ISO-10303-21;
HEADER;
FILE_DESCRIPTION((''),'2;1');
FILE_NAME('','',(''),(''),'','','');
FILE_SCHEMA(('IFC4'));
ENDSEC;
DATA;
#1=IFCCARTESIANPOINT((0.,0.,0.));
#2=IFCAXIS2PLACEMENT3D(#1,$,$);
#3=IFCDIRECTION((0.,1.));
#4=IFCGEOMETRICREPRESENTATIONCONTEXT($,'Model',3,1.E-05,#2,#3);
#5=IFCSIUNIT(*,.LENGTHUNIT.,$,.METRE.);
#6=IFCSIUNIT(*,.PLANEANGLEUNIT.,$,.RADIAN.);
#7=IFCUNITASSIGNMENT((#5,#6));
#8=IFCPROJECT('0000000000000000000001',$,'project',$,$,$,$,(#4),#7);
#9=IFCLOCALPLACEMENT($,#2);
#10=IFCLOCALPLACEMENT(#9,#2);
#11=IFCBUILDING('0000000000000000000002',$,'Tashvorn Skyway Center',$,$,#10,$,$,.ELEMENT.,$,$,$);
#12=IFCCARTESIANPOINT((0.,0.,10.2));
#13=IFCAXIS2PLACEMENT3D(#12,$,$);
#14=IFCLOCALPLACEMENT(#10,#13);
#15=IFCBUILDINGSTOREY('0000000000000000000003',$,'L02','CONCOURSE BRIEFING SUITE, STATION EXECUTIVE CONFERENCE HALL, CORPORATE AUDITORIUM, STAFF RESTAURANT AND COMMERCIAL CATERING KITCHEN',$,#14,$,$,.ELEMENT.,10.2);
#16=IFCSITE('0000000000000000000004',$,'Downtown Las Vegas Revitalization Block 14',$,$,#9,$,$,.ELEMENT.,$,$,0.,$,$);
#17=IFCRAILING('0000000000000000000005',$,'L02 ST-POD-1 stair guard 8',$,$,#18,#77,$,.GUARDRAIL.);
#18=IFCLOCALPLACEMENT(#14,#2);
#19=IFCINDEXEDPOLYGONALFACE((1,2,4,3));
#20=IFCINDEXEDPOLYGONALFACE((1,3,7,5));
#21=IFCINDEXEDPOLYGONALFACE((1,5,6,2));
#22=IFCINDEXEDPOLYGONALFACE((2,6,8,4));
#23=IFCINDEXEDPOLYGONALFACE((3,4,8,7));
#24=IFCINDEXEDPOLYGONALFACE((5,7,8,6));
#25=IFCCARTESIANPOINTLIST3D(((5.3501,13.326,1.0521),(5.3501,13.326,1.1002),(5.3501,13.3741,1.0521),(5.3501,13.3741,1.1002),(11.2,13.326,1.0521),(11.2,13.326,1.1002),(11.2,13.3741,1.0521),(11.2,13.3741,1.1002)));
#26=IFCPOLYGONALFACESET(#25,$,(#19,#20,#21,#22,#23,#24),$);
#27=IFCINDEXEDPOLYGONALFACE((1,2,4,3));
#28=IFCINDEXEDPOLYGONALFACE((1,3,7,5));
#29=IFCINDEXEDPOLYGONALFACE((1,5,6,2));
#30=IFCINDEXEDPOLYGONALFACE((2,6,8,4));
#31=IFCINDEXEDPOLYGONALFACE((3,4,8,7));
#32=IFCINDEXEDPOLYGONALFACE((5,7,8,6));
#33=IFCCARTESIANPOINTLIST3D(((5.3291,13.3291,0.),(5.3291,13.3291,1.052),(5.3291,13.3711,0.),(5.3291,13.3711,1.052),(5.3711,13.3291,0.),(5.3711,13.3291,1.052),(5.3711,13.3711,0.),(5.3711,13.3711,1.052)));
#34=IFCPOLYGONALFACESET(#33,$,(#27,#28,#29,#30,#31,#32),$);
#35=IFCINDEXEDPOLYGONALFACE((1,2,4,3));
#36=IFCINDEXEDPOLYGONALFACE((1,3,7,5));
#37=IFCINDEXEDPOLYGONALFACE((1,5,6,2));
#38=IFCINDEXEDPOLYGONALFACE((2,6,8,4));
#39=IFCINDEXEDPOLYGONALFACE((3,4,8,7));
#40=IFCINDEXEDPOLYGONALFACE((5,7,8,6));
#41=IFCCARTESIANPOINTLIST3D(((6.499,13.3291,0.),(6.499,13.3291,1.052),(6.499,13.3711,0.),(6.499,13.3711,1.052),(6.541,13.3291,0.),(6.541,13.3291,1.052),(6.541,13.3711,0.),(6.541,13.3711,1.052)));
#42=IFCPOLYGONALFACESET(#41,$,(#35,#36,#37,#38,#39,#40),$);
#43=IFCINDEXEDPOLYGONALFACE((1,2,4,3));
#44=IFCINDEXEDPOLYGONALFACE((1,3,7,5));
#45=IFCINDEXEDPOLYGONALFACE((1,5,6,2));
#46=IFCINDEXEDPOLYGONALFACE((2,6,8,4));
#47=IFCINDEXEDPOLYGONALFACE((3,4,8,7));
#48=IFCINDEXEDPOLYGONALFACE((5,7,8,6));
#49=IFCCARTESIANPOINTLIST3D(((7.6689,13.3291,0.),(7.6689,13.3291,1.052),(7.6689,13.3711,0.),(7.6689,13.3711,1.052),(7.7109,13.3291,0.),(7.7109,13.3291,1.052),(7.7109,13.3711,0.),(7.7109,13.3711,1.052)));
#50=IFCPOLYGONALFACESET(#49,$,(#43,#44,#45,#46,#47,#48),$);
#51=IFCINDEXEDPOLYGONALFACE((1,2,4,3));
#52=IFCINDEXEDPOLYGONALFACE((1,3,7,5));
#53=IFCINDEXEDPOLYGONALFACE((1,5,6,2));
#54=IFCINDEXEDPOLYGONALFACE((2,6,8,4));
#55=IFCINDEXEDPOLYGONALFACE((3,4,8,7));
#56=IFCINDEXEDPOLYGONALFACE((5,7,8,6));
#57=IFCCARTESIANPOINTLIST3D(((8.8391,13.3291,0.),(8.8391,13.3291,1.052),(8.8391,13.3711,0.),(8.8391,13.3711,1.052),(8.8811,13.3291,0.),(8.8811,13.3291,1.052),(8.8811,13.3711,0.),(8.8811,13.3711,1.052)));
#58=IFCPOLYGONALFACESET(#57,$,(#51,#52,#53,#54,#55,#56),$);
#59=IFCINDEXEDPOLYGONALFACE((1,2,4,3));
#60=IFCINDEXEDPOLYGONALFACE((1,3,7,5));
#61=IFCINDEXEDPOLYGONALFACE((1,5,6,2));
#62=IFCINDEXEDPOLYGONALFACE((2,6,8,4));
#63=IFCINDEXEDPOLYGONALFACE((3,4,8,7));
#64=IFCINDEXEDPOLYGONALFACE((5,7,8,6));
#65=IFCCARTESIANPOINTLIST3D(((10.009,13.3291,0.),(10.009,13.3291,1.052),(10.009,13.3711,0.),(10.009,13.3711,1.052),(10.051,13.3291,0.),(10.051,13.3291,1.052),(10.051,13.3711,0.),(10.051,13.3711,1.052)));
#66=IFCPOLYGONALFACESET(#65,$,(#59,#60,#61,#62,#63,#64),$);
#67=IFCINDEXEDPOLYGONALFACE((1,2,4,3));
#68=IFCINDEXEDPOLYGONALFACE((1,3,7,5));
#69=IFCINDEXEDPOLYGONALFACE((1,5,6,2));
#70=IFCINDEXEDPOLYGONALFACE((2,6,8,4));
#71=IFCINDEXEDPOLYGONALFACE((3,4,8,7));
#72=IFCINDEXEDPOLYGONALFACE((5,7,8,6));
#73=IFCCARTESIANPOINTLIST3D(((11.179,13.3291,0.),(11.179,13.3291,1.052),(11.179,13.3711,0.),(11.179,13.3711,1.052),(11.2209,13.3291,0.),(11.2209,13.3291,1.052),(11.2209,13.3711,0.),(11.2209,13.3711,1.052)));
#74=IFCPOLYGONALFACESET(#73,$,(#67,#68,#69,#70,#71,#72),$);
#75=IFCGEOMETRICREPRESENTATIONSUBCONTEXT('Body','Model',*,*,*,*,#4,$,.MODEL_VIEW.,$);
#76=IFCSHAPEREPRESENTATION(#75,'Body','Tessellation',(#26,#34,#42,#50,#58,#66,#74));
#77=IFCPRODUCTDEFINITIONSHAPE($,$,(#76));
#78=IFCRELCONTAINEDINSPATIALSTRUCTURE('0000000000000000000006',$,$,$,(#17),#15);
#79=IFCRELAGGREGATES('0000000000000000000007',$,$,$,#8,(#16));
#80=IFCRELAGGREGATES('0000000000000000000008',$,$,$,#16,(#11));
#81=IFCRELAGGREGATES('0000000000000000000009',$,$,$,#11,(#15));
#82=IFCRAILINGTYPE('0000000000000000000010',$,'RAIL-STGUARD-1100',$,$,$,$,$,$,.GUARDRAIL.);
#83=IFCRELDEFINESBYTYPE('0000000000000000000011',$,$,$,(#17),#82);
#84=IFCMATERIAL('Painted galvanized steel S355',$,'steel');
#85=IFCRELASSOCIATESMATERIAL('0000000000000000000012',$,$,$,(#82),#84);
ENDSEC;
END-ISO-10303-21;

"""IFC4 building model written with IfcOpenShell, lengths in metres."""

from ifc_helpers import new_model, si_unit, direction, frame, origin, origin_2d, place, context, subcontext, project, spatial, rectangle, extrude, material, type_object, element, save


model = new_model("IFC4")

# Units and contexts
model_context = context("Model", 3, precision=1e-05, world=origin(), true_north=direction((0.0, 1.0)))
body_context = subcontext(model_context, "Body", "Model", "MODEL_VIEW")
ifc_project = project(units=[si_unit("LENGTHUNIT", "METRE"), si_unit("PLANEANGLEUNIT", "RADIAN")], contexts=[model_context])

# Site, building, storey
site_placement = place(None, origin())
site = spatial("IfcSite", under=ifc_project, at=site_placement, Name="Downtown Las Vegas Revitalization Block 14", CompositionType="ELEMENT", RefElevation=0.0)
building_placement = place(site_placement, origin())
building = spatial("IfcBuilding", under=site, at=building_placement, Name="Tashvorn Skyway Center", CompositionType="ELEMENT")
storey_placement = place(building_placement, frame((0.0, 0.0, 10.2)))
storey = spatial("IfcBuildingStorey", under=building, at=storey_placement, Name="L02", Description="CONCOURSE BRIEFING SUITE, STATION EXECUTIVE CONFERENCE HALL, CORPORATE AUDITORIUM, STAFF RESTAURANT AND COMMERCIAL CATERING KITCHEN", CompositionType="ELEMENT", Elevation=10.2)

# Railing
ifc_material_1 = material(Name="Painted galvanized steel S355", Category="steel")
railing_type_1 = type_object("IfcRailingType", Name="RAIL-STGUARD-1100", PredefinedType="GUARDRAIL", material=ifc_material_1)
railing_1_placement = place(storey_placement, frame((5.3501, 13.3501, 0.0)))
element("IfcRailing", 1, at=railing_1_placement, inside=storey, type_object=railing_type_1, Name="L02 ST-POD-1 stair guard 8", PredefinedType="GUARDRAIL", context=body_context, shape_type="SweptSolid", body=[
    extrude(rectangle(XDim=0.0481, YDim=0.0481, at=origin_2d()), frame((0.0, 0.0, 1.0762), z_axis=(1.0, 0.0, 0.0), x_axis=(0.0, 1.0, 0.0)), (0.0, 0.0, 1.0), 5.8499),
    extrude(rectangle(XDim=0.042, YDim=0.042, at=origin_2d()), origin(), (0.0, 0.0, 1.0), 1.052),
    extrude(rectangle(XDim=0.042, YDim=0.042, at=origin_2d()), frame((1.1699, 0.0, 0.0)), (0.0, 0.0, 1.0), 1.052),
    extrude(rectangle(XDim=0.042, YDim=0.042, at=origin_2d()), frame((2.3398, 0.0, 0.0)), (0.0, 0.0, 1.0), 1.052),
    extrude(rectangle(XDim=0.042, YDim=0.042, at=origin_2d()), frame((3.51, 0.0, 0.0)), (0.0, 0.0, 1.0), 1.052),
    extrude(rectangle(XDim=0.042, YDim=0.042, at=origin_2d()), frame((4.6799, 0.0, 0.0)), (0.0, 0.0, 1.0), 1.052),
    extrude(rectangle(XDim=0.042, YDim=0.042, at=origin_2d()), frame((5.8499, 0.0, 0.0)), (0.0, 0.0, 1.0), 1.052),
])

save(model, "model.ifc")
